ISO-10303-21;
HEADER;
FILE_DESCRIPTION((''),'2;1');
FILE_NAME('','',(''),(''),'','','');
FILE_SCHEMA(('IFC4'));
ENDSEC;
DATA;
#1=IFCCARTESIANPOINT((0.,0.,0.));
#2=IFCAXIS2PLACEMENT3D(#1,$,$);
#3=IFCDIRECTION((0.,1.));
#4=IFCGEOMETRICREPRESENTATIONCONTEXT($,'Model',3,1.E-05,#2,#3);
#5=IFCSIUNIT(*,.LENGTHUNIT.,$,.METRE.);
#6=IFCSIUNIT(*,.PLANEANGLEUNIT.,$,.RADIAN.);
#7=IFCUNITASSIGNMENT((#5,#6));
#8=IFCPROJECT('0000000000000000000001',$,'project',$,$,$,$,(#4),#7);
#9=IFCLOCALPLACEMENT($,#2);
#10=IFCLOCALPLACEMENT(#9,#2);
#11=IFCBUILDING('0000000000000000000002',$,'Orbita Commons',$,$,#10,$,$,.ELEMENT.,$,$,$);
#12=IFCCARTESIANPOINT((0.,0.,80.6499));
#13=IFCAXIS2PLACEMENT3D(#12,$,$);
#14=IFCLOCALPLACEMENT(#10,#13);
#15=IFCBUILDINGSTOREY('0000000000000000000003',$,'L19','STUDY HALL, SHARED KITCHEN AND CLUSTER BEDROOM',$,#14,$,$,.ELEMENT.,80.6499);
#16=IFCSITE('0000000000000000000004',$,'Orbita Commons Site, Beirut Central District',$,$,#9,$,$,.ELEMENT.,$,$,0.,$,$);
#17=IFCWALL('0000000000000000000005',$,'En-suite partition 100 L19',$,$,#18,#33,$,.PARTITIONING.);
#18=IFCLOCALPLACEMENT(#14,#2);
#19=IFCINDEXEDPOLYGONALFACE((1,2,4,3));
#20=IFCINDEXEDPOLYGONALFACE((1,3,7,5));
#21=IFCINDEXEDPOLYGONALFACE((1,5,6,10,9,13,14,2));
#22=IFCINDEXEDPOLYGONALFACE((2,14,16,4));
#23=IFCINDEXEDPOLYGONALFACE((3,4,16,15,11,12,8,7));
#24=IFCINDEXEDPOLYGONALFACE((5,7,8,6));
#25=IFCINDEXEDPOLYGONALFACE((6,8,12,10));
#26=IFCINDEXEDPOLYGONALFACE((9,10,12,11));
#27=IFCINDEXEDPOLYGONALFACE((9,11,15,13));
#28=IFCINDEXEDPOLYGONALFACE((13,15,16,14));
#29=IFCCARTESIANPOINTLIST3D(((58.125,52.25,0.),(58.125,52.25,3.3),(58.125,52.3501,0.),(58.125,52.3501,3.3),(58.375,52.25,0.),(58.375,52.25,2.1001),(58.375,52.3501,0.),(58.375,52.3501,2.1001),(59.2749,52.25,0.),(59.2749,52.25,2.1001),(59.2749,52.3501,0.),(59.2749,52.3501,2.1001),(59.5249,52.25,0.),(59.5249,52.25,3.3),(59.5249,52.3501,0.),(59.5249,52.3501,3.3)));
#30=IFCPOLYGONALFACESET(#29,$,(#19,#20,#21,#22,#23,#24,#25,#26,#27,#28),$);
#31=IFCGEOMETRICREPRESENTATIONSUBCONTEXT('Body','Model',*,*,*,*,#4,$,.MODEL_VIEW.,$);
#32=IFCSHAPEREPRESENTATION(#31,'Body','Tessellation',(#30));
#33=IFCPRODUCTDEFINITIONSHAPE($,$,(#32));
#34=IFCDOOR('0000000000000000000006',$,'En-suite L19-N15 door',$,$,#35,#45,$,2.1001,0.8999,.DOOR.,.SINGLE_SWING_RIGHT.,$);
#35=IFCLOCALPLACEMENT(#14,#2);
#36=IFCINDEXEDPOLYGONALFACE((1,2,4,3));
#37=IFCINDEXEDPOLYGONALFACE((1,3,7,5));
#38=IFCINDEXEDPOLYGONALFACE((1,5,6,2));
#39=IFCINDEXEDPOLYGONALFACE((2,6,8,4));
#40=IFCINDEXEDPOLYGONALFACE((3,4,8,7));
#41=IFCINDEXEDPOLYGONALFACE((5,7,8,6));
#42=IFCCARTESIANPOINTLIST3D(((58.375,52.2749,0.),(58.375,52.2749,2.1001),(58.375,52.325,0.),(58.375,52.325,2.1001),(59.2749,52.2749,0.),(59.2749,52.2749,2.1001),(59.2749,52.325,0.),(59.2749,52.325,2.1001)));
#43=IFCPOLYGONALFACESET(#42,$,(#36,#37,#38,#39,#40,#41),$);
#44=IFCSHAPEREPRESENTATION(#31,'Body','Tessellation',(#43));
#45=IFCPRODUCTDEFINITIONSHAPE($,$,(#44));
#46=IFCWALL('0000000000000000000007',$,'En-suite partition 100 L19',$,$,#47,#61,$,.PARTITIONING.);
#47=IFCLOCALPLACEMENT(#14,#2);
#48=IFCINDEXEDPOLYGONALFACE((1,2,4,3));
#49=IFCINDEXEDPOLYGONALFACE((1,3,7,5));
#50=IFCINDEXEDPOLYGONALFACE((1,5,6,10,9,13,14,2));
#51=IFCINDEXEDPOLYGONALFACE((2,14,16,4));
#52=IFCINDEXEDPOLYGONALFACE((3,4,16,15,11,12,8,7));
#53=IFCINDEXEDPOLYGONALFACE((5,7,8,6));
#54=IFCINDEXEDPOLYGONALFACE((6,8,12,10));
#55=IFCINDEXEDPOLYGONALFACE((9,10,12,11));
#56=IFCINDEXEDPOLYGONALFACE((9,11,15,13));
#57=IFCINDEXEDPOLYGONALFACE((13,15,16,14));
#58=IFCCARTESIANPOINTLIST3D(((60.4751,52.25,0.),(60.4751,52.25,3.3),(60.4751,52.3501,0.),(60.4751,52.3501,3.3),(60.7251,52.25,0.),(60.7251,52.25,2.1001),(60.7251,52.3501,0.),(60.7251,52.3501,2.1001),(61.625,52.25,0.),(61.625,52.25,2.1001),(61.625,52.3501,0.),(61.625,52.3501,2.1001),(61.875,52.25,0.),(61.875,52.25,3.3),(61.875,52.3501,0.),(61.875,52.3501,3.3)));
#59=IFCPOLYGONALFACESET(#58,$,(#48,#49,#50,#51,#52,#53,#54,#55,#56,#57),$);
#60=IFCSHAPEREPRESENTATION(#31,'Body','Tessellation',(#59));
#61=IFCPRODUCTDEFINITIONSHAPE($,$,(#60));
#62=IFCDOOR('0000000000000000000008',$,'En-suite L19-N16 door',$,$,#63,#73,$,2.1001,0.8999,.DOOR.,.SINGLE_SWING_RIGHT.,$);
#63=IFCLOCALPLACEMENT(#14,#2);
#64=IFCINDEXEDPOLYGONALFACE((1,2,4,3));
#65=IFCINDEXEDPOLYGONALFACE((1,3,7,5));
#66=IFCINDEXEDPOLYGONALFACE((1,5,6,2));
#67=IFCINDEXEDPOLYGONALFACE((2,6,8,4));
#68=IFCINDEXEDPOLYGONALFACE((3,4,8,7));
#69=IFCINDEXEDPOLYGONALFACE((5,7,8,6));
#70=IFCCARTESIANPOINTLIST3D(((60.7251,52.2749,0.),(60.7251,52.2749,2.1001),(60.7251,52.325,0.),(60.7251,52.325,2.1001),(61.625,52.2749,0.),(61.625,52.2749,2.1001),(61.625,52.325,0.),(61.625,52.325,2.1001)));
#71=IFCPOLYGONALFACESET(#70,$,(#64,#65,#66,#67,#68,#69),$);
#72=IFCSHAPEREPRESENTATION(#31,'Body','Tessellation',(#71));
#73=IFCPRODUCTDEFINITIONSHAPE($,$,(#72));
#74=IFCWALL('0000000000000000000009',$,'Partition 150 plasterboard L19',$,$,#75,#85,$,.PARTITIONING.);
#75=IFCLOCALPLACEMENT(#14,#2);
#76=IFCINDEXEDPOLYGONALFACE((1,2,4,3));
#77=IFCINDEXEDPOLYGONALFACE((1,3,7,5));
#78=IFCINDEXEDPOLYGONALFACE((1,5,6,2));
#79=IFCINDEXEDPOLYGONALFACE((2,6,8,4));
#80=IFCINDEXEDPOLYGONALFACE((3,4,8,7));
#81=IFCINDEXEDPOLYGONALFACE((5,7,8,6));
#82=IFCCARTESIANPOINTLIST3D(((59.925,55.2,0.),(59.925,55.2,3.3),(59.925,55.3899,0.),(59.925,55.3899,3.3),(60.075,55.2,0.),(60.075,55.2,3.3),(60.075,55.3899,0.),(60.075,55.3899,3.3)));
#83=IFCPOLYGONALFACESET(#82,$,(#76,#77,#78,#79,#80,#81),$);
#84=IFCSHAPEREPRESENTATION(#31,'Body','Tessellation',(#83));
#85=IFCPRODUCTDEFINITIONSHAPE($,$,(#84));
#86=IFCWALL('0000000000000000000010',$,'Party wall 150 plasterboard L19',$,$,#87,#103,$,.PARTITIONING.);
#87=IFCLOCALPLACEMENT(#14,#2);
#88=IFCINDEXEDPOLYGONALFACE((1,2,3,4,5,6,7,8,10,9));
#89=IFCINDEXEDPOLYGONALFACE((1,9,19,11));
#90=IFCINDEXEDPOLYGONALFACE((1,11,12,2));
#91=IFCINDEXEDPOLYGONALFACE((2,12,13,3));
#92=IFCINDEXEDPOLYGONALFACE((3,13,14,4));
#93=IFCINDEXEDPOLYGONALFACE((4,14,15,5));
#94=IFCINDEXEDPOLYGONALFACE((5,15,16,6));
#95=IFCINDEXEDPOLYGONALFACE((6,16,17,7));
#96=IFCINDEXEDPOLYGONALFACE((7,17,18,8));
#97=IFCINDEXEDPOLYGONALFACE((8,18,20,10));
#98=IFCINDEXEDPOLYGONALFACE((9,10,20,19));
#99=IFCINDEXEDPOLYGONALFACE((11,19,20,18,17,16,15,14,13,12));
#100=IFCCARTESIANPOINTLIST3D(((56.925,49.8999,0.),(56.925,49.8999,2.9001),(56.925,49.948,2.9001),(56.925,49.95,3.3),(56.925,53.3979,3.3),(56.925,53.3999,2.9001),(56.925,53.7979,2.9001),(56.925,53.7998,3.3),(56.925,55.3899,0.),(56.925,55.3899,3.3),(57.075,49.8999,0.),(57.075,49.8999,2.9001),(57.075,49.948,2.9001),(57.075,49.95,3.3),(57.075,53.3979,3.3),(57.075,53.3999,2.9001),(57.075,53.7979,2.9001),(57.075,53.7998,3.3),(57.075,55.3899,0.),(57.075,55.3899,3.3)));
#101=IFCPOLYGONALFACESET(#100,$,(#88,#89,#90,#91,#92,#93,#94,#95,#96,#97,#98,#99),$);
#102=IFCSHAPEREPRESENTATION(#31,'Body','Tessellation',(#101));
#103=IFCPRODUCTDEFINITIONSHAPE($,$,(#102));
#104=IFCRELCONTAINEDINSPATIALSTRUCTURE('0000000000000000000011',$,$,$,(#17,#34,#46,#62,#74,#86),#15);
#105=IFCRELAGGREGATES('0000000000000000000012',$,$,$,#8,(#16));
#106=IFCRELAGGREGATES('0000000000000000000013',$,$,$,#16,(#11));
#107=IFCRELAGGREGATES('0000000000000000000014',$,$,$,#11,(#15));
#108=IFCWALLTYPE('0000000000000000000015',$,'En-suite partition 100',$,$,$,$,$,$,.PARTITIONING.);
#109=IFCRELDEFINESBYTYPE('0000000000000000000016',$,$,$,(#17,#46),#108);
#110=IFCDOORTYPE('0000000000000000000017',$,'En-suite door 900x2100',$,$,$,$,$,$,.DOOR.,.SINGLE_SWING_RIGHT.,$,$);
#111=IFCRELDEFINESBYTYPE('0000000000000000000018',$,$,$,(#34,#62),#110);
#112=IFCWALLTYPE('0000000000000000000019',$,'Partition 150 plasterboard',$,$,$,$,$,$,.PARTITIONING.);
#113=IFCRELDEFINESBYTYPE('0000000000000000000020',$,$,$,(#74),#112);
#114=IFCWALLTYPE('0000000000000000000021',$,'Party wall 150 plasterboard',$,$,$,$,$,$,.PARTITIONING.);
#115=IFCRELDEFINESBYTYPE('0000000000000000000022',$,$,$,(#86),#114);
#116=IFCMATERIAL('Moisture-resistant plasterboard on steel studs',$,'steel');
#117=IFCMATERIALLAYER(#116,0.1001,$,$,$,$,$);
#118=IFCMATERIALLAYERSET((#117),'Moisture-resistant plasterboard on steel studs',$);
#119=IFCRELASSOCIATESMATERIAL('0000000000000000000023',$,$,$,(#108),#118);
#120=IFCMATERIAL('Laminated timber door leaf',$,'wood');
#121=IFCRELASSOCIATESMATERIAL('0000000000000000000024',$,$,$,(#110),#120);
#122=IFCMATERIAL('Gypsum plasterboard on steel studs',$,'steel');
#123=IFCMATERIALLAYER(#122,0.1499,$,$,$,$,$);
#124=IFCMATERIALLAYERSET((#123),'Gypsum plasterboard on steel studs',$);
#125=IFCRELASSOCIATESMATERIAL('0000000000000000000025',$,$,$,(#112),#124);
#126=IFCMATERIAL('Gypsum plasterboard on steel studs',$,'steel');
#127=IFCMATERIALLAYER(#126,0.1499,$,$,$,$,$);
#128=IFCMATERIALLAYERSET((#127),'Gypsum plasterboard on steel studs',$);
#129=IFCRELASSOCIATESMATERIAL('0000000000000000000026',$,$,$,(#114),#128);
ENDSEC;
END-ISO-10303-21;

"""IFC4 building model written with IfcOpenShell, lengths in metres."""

from ifc_helpers import new_model, si_unit, direction, frame, frame_2d, origin, place, context, subcontext, project, spatial, polyline, rectangle, outline, extrude, material, layer, layer_set, type_object, element, fill, save


model = new_model("IFC4")

# Units and contexts
model_context = context("Model", 3, precision=1e-05, world=origin(), true_north=direction((0.0, 1.0)))
body_context = subcontext(model_context, "Body", "Model", "MODEL_VIEW")
ifc_project = project(units=[si_unit("LENGTHUNIT", "METRE"), si_unit("PLANEANGLEUNIT", "RADIAN")], contexts=[model_context])

# Site, building, storey
site_placement = place(None, origin())
site = spatial("IfcSite", under=ifc_project, at=site_placement, Name="Orbita Commons Site, Beirut Central District", CompositionType="ELEMENT", RefElevation=0.0)
building_placement = place(site_placement, origin())
building = spatial("IfcBuilding", under=site, at=building_placement, Name="Orbita Commons", CompositionType="ELEMENT")
storey_placement = place(building_placement, frame((0.0, 0.0, 80.6499)))
storey = spatial("IfcBuildingStorey", under=building, at=storey_placement, Name="L19", Description="STUDY HALL, SHARED KITCHEN AND CLUSTER BEDROOM", CompositionType="ELEMENT", Elevation=80.6499)

# Walls, openings, doors
ifc_material_1 = material(Name="Moisture-resistant plasterboard on steel studs", Category="steel")
ifc_layer_1 = layer(ifc_material_1, 0.1001)
ifc_layer_set_1 = layer_set([ifc_layer_1], Name="Moisture-resistant plasterboard on steel studs")
wall_type_1 = type_object("IfcWallType", Name="En-suite partition 100", PredefinedType="PARTITIONING", material=ifc_layer_set_1)
ifc_material_2 = material(Name="Laminated timber door leaf", Category="wood")
door_type = type_object("IfcDoorType", Name="En-suite door 900x2100", OperationType="SINGLE_SWING_RIGHT", PredefinedType="DOOR", material=ifc_material_2)
wall_1_placement = place(storey_placement, frame((58.125, 52.3, 0.0), z_axis=(0.0, 0.0, 1.0), x_axis=(1.0, 0.0, 0.0)))
wall_1 = element("IfcWall", 1, at=wall_1_placement, inside=storey, type_object=wall_type_1, Name="En-suite partition 100 L19", PredefinedType="PARTITIONING", context=body_context, shape_type="SweptSolid", body=[
    extrude(rectangle(XDim=1.3999, YDim=0.1001, at=frame_2d((0.7, 0.0))), origin(), (0.0, 0.0, 1.0), 3.3),
])
opening_1_placement = place(wall_1_placement, frame((0.25, 0.0, 0.0)))
opening_1 = element("IfcOpeningElement", 2, at=opening_1_placement, cuts=wall_1, PredefinedType="OPENING", context=body_context, shape_type="SweptSolid", body=[
    extrude(rectangle(XDim=0.8999, YDim=2.1001, at=frame_2d((0.45, 1.05))), frame((0.0, 0.0601, 0.0), z_axis=(0.0, -1.0, 0.0), x_axis=(1.0, 0.0, 0.0)), (0.0, 0.0, 1.0), 0.1201),
])
door_1_placement = place(opening_1_placement, origin())
door_1 = element("IfcDoor", 3, at=door_1_placement, inside=storey, type_object=door_type, Name="En-suite L19-N15 door", OperationType="SINGLE_SWING_RIGHT", OverallHeight=2.1001, OverallWidth=0.8999, PredefinedType="DOOR", context=body_context, shape_type="SweptSolid", body=[
    extrude(rectangle(XDim=0.8999, YDim=2.1001, at=frame_2d((0.45, 1.05))), frame((0.0, 0.0249, 0.0), z_axis=(0.0, -1.0, 0.0), x_axis=(1.0, 0.0, 0.0)), (0.0, 0.0, 1.0), 0.05),
])
fill(opening_1, door_1)
wall_2_placement = place(storey_placement, frame((60.4751, 52.3, 0.0), z_axis=(0.0, 0.0, 1.0), x_axis=(1.0, 0.0, 0.0)))
wall_2 = element("IfcWall", 4, at=wall_2_placement, inside=storey, type_object=wall_type_1, Name="En-suite partition 100 L19", PredefinedType="PARTITIONING", context=body_context, shape_type="SweptSolid", body=[
    extrude(rectangle(XDim=1.3999, YDim=0.1001, at=frame_2d((0.7, 0.0))), origin(), (0.0, 0.0, 1.0), 3.3),
])
opening_2_placement = place(wall_2_placement, frame((0.25, 0.0, 0.0)))
opening_2 = element("IfcOpeningElement", 5, at=opening_2_placement, cuts=wall_2, PredefinedType="OPENING", context=body_context, shape_type="SweptSolid", body=[
    extrude(rectangle(XDim=0.8999, YDim=2.1001, at=frame_2d((0.45, 1.05))), frame((0.0, 0.0601, 0.0), z_axis=(0.0, -1.0, 0.0), x_axis=(1.0, 0.0, 0.0)), (0.0, 0.0, 1.0), 0.1201),
])
door_2_placement = place(opening_2_placement, origin())
door_2 = element("IfcDoor", 6, at=door_2_placement, inside=storey, type_object=door_type, Name="En-suite L19-N16 door", OperationType="SINGLE_SWING_RIGHT", OverallHeight=2.1001, OverallWidth=0.8999, PredefinedType="DOOR", context=body_context, shape_type="SweptSolid", body=[
    extrude(rectangle(XDim=0.8999, YDim=2.1001, at=frame_2d((0.45, 1.05))), frame((0.0, 0.0249, 0.0), z_axis=(0.0, -1.0, 0.0), x_axis=(1.0, 0.0, 0.0)), (0.0, 0.0, 1.0), 0.05),
])
fill(opening_2, door_2)

# Walls
ifc_material_3 = material(Name="Gypsum plasterboard on steel studs", Category="steel")
ifc_layer_2 = layer(ifc_material_3, 0.1499)
ifc_layer_set_2 = layer_set([ifc_layer_2], Name="Gypsum plasterboard on steel studs")
wall_type_2 = type_object("IfcWallType", Name="Partition 150 plasterboard", PredefinedType="PARTITIONING", material=ifc_layer_set_2)
wall_3_placement = place(storey_placement, frame((60.0, 55.2, 0.0), z_axis=(0.0, 0.0, 1.0), x_axis=(0.0, 1.0, 0.0)))
element("IfcWall", 7, at=wall_3_placement, inside=storey, type_object=wall_type_2, Name="Partition 150 plasterboard L19", PredefinedType="PARTITIONING", context=body_context, shape_type="SweptSolid", body=[
    extrude(rectangle(XDim=0.1899, YDim=0.1499, at=frame_2d((0.095, 0.0))), origin(), (0.0, 0.0, 1.0), 3.3),
])
ifc_material_4 = material(Name="Gypsum plasterboard on steel studs", Category="steel")
ifc_layer_3 = layer(ifc_material_4, 0.1499)
ifc_layer_set_3 = layer_set([ifc_layer_3], Name="Gypsum plasterboard on steel studs")
wall_type_3 = type_object("IfcWallType", Name="Party wall 150 plasterboard", PredefinedType="PARTITIONING", material=ifc_layer_set_3)
wall_4_placement = place(storey_placement, frame((57.0, 55.3899, 0.0), z_axis=(0.0, 0.0, 1.0), x_axis=(0.0, -1.0, 0.0)))
element("IfcWall", 8, at=wall_4_placement, inside=storey, type_object=wall_type_3, Name="Party wall 150 plasterboard L19", PredefinedType="PARTITIONING", context=body_context, shape_type="SweptSolid", body=[
    extrude(outline(polyline([(0.0, 0.0), (5.49, 0.0), (5.49, 2.9001), (5.4419, 2.9001), (5.4399, 3.3), (1.9919, 3.3), (1.99, 2.9001), (1.592, 2.9001), (1.5901, 3.3), (0.0, 3.3), (0.0, 0.0)])), frame((0.0, 0.075, 0.0), z_axis=(0.0, -1.0, 0.0), x_axis=(1.0, 0.0, 0.0)), (0.0, 0.0, 1.0), 0.1499),
])

save(model, "model.ifc")
